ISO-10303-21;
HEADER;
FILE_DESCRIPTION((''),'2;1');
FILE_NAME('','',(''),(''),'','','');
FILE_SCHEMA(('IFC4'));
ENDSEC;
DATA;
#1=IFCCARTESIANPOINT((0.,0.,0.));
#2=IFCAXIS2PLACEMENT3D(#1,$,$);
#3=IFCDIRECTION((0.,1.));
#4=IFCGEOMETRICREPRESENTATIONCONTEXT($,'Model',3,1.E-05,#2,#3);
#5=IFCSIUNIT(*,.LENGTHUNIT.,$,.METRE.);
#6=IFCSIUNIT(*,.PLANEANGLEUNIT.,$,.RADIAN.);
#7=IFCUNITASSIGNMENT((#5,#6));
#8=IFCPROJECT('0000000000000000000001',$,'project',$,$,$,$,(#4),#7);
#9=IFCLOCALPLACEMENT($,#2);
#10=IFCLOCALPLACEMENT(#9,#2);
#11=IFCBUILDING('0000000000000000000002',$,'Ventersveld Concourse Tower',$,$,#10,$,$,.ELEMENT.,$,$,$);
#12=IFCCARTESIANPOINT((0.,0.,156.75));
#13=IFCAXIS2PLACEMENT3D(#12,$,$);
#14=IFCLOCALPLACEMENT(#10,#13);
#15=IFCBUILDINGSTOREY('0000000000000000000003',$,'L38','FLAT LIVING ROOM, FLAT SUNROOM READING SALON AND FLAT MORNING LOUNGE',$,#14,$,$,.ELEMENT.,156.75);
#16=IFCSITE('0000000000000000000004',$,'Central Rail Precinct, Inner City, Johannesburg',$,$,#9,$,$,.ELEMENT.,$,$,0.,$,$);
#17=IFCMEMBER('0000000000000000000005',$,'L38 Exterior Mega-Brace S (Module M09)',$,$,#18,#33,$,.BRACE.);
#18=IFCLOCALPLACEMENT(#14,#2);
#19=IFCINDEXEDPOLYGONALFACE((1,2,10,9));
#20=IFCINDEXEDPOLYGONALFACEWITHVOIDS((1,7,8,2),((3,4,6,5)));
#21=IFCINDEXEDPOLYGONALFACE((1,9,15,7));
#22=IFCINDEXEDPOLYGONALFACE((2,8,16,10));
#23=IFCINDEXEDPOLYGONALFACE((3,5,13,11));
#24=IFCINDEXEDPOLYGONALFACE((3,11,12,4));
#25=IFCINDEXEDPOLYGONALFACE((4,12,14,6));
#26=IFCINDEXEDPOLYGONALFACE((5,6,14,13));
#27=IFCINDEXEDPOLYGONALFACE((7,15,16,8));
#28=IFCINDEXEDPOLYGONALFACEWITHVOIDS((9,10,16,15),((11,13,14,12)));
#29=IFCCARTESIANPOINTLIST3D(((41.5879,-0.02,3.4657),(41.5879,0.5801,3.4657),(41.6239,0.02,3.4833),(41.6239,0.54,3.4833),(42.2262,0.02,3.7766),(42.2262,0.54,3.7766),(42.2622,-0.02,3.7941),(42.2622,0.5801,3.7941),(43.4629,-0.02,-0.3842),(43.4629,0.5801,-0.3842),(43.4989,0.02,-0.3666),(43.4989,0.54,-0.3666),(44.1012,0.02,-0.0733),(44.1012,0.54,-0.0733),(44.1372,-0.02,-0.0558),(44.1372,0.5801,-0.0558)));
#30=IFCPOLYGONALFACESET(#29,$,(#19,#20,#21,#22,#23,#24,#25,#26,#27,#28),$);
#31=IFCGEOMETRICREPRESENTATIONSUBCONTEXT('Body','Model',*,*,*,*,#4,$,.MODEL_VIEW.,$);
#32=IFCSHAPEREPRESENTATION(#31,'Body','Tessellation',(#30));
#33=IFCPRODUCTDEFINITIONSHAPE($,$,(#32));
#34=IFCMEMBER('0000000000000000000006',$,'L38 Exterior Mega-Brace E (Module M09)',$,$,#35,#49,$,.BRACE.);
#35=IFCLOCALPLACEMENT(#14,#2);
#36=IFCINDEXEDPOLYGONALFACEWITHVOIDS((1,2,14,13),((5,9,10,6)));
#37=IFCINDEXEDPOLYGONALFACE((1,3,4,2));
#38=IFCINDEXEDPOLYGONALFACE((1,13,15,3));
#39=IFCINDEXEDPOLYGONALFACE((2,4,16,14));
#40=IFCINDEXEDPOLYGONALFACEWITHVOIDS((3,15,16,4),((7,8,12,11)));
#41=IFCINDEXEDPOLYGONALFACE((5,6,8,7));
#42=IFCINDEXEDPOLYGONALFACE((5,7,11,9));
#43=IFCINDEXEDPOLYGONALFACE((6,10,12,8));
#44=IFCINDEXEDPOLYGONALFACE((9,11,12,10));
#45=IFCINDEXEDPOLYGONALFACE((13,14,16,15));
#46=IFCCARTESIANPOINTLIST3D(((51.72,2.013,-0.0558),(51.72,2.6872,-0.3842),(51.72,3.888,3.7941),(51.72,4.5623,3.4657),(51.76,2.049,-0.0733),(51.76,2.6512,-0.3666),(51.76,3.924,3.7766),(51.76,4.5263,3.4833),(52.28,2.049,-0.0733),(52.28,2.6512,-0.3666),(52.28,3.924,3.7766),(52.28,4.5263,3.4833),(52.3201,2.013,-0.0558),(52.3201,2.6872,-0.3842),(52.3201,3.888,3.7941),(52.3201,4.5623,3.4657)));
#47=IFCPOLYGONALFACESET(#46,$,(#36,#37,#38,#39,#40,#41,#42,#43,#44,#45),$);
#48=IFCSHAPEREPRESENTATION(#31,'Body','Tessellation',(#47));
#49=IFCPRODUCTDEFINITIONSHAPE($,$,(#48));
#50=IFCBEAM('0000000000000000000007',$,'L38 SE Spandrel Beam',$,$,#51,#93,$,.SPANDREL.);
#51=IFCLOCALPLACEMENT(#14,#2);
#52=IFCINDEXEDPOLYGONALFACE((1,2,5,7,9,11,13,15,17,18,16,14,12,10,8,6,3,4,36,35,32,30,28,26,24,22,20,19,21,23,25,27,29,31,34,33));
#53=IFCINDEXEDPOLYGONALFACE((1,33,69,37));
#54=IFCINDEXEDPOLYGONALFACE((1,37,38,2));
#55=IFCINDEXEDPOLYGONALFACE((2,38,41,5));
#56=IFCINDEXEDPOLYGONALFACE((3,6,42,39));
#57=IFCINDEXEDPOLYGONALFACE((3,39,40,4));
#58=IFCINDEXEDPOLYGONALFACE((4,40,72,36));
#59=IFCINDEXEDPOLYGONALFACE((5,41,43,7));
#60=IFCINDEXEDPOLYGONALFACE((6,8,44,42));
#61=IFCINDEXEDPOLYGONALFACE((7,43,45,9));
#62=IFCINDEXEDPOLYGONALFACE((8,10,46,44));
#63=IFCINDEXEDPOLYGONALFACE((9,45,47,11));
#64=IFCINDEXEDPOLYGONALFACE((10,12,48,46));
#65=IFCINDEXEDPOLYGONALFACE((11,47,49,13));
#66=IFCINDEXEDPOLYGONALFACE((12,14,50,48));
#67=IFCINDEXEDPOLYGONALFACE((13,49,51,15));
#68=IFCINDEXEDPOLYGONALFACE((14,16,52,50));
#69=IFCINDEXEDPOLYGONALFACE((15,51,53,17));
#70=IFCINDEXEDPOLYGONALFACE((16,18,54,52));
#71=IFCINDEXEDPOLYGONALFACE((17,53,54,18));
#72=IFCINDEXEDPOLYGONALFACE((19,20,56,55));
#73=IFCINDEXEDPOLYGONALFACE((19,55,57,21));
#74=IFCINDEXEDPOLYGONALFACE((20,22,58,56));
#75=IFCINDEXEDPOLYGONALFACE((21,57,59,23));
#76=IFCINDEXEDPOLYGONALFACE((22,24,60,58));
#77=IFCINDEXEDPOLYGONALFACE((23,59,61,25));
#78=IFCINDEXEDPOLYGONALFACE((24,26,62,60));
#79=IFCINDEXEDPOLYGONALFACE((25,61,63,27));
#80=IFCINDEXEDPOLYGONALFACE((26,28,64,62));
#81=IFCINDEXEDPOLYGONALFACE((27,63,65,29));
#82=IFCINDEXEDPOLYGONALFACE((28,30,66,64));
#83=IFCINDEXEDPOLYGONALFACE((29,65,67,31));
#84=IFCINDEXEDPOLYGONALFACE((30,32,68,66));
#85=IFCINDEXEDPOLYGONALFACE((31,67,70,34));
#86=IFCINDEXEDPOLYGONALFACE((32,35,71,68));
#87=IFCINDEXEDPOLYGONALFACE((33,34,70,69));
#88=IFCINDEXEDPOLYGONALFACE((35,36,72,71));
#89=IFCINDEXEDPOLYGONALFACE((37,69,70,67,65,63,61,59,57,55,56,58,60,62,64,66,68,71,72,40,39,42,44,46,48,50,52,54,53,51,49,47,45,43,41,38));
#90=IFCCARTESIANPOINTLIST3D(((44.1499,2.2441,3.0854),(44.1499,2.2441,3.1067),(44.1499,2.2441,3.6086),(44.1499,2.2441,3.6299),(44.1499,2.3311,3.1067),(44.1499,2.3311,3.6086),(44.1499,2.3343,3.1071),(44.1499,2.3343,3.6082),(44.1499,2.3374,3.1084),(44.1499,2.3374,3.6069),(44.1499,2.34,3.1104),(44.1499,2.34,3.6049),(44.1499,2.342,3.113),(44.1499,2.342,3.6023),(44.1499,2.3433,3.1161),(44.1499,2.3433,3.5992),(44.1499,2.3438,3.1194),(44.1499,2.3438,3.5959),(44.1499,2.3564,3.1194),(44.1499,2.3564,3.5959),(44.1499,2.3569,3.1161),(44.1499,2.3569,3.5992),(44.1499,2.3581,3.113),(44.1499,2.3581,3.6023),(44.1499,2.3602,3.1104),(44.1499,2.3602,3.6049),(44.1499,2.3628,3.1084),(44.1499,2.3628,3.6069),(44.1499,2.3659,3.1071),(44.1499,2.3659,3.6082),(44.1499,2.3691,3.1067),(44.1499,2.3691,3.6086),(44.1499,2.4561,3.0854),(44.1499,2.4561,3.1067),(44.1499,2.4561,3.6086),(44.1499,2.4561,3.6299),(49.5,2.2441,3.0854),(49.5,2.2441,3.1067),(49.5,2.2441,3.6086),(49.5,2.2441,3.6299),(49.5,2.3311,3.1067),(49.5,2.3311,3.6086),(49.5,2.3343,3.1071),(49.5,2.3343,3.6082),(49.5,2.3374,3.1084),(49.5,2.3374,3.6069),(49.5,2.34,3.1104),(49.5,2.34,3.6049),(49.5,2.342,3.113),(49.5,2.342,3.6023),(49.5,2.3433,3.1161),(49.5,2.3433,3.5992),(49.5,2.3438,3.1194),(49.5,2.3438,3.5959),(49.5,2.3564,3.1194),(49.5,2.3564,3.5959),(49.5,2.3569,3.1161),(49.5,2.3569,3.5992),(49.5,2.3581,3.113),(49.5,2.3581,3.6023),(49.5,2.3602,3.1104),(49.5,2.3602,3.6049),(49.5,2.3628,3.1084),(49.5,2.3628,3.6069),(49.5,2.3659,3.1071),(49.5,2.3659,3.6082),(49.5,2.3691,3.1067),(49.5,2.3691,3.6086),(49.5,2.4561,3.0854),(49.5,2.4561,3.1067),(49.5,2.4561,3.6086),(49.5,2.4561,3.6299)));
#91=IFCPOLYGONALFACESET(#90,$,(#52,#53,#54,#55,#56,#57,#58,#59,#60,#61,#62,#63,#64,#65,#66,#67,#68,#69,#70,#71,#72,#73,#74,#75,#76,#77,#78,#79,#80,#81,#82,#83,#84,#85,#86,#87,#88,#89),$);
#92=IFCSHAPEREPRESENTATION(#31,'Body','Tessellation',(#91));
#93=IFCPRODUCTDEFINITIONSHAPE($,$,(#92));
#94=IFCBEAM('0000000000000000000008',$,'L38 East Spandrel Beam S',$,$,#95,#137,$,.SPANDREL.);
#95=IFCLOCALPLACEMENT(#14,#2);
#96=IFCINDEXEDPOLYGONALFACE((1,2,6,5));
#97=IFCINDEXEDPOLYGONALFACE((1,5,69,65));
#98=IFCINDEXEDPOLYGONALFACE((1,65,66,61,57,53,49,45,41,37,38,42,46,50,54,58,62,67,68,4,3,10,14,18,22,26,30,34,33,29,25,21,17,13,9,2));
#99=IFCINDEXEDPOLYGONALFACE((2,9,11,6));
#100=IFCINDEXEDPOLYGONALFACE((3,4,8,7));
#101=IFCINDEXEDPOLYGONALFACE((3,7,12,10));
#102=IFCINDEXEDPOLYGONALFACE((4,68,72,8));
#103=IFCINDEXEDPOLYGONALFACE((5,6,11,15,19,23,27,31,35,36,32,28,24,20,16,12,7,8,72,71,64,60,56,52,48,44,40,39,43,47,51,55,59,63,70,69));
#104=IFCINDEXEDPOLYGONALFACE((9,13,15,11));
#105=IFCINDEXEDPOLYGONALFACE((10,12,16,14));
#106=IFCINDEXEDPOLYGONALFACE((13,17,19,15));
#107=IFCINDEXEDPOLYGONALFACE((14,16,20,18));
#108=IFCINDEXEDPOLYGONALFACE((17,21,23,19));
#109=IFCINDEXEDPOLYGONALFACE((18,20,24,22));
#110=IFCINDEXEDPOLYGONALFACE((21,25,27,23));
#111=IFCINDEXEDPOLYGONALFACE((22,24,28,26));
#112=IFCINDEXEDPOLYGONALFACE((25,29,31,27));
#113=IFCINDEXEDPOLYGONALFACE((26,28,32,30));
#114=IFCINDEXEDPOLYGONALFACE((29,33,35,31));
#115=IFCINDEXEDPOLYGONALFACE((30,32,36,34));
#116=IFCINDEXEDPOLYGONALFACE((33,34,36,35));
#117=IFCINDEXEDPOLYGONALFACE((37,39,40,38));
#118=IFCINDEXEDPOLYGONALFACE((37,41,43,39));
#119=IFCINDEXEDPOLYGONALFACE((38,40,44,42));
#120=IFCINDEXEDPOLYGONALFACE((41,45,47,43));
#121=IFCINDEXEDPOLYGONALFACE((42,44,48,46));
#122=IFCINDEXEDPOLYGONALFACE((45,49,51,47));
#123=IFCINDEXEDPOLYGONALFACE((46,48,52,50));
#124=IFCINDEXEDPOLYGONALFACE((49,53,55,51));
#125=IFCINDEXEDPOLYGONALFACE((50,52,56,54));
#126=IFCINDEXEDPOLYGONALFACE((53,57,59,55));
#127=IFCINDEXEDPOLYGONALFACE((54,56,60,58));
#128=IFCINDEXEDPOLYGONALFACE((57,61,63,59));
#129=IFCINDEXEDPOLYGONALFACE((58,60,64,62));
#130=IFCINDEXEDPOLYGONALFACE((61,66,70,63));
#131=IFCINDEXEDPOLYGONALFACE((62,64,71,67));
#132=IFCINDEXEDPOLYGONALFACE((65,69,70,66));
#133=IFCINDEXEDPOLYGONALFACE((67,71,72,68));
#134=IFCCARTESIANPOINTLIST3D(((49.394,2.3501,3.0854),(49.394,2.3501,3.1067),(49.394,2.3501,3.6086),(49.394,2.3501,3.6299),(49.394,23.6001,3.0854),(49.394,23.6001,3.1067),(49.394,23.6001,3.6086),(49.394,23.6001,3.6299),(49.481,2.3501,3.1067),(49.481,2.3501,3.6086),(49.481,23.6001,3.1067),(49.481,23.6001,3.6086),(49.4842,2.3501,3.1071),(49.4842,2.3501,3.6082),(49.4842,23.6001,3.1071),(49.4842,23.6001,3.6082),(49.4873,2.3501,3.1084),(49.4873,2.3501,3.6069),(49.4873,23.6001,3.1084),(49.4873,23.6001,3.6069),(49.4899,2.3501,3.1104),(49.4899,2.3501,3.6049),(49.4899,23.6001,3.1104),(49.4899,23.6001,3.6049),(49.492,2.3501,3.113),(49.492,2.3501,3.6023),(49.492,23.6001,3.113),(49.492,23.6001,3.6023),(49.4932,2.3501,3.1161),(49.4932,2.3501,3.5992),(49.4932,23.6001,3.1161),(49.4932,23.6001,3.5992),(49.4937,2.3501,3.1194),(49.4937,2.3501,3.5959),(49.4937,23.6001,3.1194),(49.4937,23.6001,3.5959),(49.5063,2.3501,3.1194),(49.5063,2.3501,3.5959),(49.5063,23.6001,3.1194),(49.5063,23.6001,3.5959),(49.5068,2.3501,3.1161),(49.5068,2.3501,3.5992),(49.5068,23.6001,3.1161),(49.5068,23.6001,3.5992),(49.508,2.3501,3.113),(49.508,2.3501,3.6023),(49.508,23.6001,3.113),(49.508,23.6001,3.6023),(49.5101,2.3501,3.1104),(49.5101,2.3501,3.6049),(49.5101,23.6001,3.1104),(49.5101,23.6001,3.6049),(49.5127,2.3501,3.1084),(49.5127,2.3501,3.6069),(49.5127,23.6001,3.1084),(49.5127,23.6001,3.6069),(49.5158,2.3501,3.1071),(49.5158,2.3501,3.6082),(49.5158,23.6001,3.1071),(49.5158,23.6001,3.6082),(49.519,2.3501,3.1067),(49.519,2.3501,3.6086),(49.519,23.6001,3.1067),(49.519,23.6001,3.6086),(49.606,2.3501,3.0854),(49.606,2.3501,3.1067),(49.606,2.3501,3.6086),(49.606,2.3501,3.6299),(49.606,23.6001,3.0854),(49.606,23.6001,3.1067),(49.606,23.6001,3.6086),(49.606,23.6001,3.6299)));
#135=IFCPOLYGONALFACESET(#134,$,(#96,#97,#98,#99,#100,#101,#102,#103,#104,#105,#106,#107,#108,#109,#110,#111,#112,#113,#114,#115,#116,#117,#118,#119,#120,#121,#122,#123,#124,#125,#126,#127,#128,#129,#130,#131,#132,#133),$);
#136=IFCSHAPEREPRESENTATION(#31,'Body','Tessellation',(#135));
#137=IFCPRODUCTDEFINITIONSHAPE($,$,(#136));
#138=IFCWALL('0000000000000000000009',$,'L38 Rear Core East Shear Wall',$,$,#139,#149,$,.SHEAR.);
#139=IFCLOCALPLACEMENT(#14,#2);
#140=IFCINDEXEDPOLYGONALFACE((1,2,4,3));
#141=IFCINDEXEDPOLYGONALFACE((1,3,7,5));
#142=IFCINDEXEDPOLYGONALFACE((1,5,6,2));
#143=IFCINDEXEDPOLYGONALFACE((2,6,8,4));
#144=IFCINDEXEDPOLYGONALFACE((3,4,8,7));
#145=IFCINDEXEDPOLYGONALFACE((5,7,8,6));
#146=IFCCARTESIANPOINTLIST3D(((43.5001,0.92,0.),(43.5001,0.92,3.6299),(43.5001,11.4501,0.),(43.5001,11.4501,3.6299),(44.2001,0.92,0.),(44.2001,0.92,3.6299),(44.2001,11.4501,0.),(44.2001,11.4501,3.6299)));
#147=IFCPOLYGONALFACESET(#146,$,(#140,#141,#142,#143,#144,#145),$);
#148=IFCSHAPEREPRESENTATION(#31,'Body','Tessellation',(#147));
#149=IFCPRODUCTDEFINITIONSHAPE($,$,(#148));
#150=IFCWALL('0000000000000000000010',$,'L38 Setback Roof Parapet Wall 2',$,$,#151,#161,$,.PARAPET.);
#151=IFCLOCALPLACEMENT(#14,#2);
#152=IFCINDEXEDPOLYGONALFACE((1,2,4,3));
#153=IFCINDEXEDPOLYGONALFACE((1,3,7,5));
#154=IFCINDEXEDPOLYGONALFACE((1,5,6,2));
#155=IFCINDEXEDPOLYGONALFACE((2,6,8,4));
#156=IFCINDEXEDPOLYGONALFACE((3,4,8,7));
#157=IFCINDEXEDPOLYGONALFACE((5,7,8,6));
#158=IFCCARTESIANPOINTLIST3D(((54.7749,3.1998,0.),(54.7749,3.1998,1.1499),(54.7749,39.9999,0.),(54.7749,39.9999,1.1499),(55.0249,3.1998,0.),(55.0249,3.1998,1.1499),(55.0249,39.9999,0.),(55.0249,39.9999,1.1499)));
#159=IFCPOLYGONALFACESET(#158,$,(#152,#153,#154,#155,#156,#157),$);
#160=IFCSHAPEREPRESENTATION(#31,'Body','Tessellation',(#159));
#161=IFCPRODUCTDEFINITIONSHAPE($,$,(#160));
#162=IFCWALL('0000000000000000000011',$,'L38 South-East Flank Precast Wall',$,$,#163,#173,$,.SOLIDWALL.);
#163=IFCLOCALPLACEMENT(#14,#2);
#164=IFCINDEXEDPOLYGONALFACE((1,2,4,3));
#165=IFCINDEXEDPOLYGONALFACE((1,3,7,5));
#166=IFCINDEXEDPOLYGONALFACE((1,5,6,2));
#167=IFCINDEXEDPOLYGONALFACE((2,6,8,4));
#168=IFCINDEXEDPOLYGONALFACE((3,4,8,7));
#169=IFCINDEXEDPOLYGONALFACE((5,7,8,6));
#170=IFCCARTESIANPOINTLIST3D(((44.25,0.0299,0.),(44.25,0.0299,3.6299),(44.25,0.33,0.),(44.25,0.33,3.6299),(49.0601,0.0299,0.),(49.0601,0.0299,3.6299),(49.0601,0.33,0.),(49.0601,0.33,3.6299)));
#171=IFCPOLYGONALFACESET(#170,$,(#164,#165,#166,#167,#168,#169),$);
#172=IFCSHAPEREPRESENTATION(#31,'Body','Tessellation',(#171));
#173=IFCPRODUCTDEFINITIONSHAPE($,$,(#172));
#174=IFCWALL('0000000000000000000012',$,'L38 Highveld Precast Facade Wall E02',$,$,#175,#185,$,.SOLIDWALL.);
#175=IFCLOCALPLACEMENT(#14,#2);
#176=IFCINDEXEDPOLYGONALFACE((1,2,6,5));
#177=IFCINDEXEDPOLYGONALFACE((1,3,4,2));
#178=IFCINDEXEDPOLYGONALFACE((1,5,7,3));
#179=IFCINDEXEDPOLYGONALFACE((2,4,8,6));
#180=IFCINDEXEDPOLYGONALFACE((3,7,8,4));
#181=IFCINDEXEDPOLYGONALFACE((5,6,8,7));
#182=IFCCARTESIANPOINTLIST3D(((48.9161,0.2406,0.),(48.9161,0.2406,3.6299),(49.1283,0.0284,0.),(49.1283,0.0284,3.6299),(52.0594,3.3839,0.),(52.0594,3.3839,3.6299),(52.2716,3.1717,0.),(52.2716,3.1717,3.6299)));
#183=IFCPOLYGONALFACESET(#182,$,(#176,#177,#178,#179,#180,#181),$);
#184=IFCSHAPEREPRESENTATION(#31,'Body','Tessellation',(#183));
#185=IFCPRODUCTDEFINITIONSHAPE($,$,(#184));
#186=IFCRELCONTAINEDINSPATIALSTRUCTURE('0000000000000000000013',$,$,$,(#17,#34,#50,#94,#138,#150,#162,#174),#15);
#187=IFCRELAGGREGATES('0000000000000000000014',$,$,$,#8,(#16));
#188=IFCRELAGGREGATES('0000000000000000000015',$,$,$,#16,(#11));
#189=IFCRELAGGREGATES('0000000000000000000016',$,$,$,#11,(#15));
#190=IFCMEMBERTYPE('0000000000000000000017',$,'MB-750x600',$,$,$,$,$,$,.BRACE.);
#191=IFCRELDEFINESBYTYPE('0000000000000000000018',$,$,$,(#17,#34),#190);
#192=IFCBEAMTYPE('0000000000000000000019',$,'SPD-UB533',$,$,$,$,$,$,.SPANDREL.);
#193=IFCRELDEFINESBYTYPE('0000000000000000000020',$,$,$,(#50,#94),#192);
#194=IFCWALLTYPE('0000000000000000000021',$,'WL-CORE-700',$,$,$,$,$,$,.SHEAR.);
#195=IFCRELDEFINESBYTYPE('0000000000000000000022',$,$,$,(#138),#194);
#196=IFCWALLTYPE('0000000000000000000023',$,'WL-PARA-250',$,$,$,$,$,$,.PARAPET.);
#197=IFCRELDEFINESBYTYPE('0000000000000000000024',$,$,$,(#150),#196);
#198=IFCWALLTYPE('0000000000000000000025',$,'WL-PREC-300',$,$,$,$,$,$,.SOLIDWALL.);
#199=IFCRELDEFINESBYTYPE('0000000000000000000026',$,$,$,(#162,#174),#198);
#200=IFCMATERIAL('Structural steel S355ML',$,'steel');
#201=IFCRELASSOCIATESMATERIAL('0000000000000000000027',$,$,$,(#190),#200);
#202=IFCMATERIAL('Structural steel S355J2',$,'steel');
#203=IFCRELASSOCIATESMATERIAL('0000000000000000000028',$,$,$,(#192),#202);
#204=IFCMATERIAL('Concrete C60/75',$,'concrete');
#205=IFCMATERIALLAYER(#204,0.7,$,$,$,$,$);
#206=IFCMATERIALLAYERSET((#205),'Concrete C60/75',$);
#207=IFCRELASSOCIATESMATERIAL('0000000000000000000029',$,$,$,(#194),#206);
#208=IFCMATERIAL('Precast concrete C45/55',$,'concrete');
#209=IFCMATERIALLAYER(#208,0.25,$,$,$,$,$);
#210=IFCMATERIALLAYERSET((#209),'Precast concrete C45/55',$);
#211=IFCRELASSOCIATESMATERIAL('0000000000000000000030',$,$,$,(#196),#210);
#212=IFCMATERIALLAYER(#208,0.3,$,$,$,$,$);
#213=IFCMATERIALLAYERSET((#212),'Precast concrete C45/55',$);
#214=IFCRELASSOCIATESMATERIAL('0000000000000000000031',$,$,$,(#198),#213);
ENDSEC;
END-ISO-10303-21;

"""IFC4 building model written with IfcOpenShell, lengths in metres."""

from ifc_helpers import new_model, si_unit, direction, frame, frame_2d, origin, origin_2d, place, context, subcontext, project, spatial, rectangle, hollow_rectangle, i_section, extrude, material, layer, layer_set, material_profile, profile_set, type_object, element, save


model = new_model("IFC4")

# Units and contexts
model_context = context("Model", 3, precision=1e-05, world=origin(), true_north=direction((0.0, 1.0)))
body_context = subcontext(model_context, "Body", "Model", "MODEL_VIEW")
ifc_project = project(units=[si_unit("LENGTHUNIT", "METRE"), si_unit("PLANEANGLEUNIT", "RADIAN")], contexts=[model_context])

# Site, building, storey
site_placement = place(None, origin())
site = spatial("IfcSite", under=ifc_project, at=site_placement, Name="Central Rail Precinct, Inner City, Johannesburg", CompositionType="ELEMENT", RefElevation=0.0)
building_placement = place(site_placement, origin())
building = spatial("IfcBuilding", under=site, at=building_placement, Name="Ventersveld Concourse Tower", CompositionType="ELEMENT")
storey_placement = place(building_placement, frame((0.0, 0.0, 156.75)))
storey = spatial("IfcBuildingStorey", under=building, at=storey_placement, Name="L38", Description="FLAT LIVING ROOM, FLAT SUNROOM READING SALON AND FLAT MORNING LOUNGE", CompositionType="ELEMENT", Elevation=156.75)

# Shared definitions
ifc_material_1 = material(Name="Structural steel S355J2", Category="steel")

# Members
ifc_material_2 = material(Name="Structural steel S355ML", Category="steel")
ifc_material_profile_1 = material_profile(ifc_material_2, hollow_rectangle(XDim=0.6001, YDim=0.75, WallThickness=0.04, at=origin_2d()), Name="BOX 750x600x40")
ifc_profile_set_1 = profile_set([ifc_material_profile_1], Name="Structural steel S355ML")
member_type = type_object("IfcMemberType", Name="MB-750x600", PredefinedType="BRACE", material=ifc_profile_set_1)
for number, where, z_axis, x_axis, name in (
    (1, (43.8, 0.28, -0.22), (-0.437862, 0.0, 0.899042), (0.0, -1.0, 0.0), "L38 Exterior Mega-Brace S (Module M09)"),
    (2, (52.02, 2.3501, -0.22), (0.0, 0.437862, 0.899042), (-1.0, 0.0, 0.0), "L38 Exterior Mega-Brace E (Module M09)"),
):
    element("IfcMember", number, at=place(storey_placement, frame(where, z_axis=z_axis, x_axis=x_axis)), inside=storey, type_object=member_type, Name=name, PredefinedType="BRACE", context=body_context, shape_type="SweptSolid", body=[
        extrude(hollow_rectangle(XDim=0.6001, YDim=0.75, WallThickness=0.04, at=origin_2d()), origin(), (0.0, 0.0, 1.0), 4.2822),
    ])

# Beams
ifc_material_profile_2 = material_profile(ifc_material_1, i_section(OverallWidth=0.2119, OverallDepth=0.5444, WebThickness=0.0127, FlangeThickness=0.0212, FilletRadius=0.0127, at=origin_2d()), Name="UB 533x210x122")
ifc_profile_set_2 = profile_set([ifc_material_profile_2], Name="Structural steel S355J2")
beam_type_1 = type_object("IfcBeamType", Name="SPD-UB533", PredefinedType="SPANDREL", material=ifc_profile_set_2)
beam_1_placement = place(storey_placement, frame((44.1499, 2.3501, 3.3577), z_axis=(1.0, 0.0, 0.0), x_axis=(0.0, 1.0, 0.0)))
element("IfcBeam", 3, at=beam_1_placement, inside=storey, type_object=beam_type_1, Name="L38 SE Spandrel Beam", PredefinedType="SPANDREL", context=body_context, shape_type="SweptSolid", body=[
    extrude(i_section(OverallWidth=0.2119, OverallDepth=0.5444, WebThickness=0.0127, FlangeThickness=0.0212, FilletRadius=0.0127, at=origin_2d()), origin(), (0.0, 0.0, 1.0), 5.3501),
])
beam_2_placement = place(storey_placement, frame((49.5, 2.3501, 3.3577), z_axis=(0.0, 1.0, 0.0), x_axis=(-1.0, 0.0, 0.0)))
element("IfcBeam", 4, at=beam_2_placement, inside=storey, type_object=beam_type_1, Name="L38 East Spandrel Beam S", PredefinedType="SPANDREL", context=body_context, shape_type="SweptSolid", body=[
    extrude(i_section(OverallWidth=0.2119, OverallDepth=0.5444, WebThickness=0.0127, FlangeThickness=0.0212, FilletRadius=0.0127, at=origin_2d()), origin(), (0.0, 0.0, 1.0), 21.25),
])

# Walls
ifc_material_3 = material(Name="Concrete C60/75", Category="concrete")
ifc_layer_1 = layer(ifc_material_3, 0.7)
ifc_layer_set_1 = layer_set([ifc_layer_1], Name="Concrete C60/75")
wall_type_1 = type_object("IfcWallType", Name="WL-CORE-700", PredefinedType="SHEAR", material=ifc_layer_set_1)
wall_1_placement = place(storey_placement, frame((43.8501, 0.9199, 0.0), z_axis=(0.0, 0.0, 1.0), x_axis=(0.0, 1.0, 0.0)))
element("IfcWall", 5, at=wall_1_placement, inside=storey, type_object=wall_type_1, Name="L38 Rear Core East Shear Wall", PredefinedType="SHEAR", context=body_context, shape_type="SweptSolid", body=[
    extrude(rectangle(XDim=10.53, YDim=0.7, at=frame_2d((5.2651, 0.0))), origin(), (0.0, 0.0, 1.0), 3.6299),
])
ifc_material_4 = material(Name="Precast concrete C45/55", Category="concrete")
ifc_layer_2 = layer(ifc_material_4, 0.25)
ifc_layer_set_2 = layer_set([ifc_layer_2], Name="Precast concrete C45/55")
wall_type_2 = type_object("IfcWallType", Name="WL-PARA-250", PredefinedType="PARAPET", material=ifc_layer_set_2)
wall_2_placement = place(storey_placement, frame((54.8999, 3.2, 0.0), z_axis=(0.0, 0.0, 1.0), x_axis=(0.0, 1.0, 0.0)))
element("IfcWall", 6, at=wall_2_placement, inside=storey, type_object=wall_type_2, Name="L38 Setback Roof Parapet Wall 2", PredefinedType="PARAPET", context=body_context, shape_type="SweptSolid", body=[
    extrude(rectangle(XDim=36.8, YDim=0.25, at=frame_2d((18.3999, 0.0))), origin(), (0.0, 0.0, 1.0), 1.1499),
])
ifc_layer_3 = layer(ifc_material_4, 0.3)
ifc_layer_set_3 = layer_set([ifc_layer_3], Name="Precast concrete C45/55")
wall_type_3 = type_object("IfcWallType", Name="WL-PREC-300", PredefinedType="SOLIDWALL", material=ifc_layer_set_3)
wall_3_placement = place(storey_placement, frame((44.25, 0.1799, 0.0), z_axis=(0.0, 0.0, 1.0), x_axis=(1.0, 0.0, 0.0)))
element("IfcWall", 7, at=wall_3_placement, inside=storey, type_object=wall_type_3, Name="L38 South-East Flank Precast Wall", PredefinedType="SOLIDWALL", context=body_context, shape_type="SweptSolid", body=[
    extrude(rectangle(XDim=4.8101, YDim=0.3, at=frame_2d((2.405, 0.0))), origin(), (0.0, 0.0, 1.0), 3.6299),
])
wall_4_placement = place(storey_placement, frame((49.0222, 0.1345, 0.0), z_axis=(0.0, 0.0, 1.0), x_axis=(0.707107, 0.707107, 0.0)))
element("IfcWall", 8, at=wall_4_placement, inside=storey, type_object=wall_type_3, Name="L38 Highveld Precast Facade Wall E02", PredefinedType="SOLIDWALL", context=body_context, shape_type="SweptSolid", body=[
    extrude(rectangle(XDim=4.4453, YDim=0.3, at=frame_2d((2.2227, 0.0))), origin(), (0.0, 0.0, 1.0), 3.6299),
])

save(model, "model.ifc")
